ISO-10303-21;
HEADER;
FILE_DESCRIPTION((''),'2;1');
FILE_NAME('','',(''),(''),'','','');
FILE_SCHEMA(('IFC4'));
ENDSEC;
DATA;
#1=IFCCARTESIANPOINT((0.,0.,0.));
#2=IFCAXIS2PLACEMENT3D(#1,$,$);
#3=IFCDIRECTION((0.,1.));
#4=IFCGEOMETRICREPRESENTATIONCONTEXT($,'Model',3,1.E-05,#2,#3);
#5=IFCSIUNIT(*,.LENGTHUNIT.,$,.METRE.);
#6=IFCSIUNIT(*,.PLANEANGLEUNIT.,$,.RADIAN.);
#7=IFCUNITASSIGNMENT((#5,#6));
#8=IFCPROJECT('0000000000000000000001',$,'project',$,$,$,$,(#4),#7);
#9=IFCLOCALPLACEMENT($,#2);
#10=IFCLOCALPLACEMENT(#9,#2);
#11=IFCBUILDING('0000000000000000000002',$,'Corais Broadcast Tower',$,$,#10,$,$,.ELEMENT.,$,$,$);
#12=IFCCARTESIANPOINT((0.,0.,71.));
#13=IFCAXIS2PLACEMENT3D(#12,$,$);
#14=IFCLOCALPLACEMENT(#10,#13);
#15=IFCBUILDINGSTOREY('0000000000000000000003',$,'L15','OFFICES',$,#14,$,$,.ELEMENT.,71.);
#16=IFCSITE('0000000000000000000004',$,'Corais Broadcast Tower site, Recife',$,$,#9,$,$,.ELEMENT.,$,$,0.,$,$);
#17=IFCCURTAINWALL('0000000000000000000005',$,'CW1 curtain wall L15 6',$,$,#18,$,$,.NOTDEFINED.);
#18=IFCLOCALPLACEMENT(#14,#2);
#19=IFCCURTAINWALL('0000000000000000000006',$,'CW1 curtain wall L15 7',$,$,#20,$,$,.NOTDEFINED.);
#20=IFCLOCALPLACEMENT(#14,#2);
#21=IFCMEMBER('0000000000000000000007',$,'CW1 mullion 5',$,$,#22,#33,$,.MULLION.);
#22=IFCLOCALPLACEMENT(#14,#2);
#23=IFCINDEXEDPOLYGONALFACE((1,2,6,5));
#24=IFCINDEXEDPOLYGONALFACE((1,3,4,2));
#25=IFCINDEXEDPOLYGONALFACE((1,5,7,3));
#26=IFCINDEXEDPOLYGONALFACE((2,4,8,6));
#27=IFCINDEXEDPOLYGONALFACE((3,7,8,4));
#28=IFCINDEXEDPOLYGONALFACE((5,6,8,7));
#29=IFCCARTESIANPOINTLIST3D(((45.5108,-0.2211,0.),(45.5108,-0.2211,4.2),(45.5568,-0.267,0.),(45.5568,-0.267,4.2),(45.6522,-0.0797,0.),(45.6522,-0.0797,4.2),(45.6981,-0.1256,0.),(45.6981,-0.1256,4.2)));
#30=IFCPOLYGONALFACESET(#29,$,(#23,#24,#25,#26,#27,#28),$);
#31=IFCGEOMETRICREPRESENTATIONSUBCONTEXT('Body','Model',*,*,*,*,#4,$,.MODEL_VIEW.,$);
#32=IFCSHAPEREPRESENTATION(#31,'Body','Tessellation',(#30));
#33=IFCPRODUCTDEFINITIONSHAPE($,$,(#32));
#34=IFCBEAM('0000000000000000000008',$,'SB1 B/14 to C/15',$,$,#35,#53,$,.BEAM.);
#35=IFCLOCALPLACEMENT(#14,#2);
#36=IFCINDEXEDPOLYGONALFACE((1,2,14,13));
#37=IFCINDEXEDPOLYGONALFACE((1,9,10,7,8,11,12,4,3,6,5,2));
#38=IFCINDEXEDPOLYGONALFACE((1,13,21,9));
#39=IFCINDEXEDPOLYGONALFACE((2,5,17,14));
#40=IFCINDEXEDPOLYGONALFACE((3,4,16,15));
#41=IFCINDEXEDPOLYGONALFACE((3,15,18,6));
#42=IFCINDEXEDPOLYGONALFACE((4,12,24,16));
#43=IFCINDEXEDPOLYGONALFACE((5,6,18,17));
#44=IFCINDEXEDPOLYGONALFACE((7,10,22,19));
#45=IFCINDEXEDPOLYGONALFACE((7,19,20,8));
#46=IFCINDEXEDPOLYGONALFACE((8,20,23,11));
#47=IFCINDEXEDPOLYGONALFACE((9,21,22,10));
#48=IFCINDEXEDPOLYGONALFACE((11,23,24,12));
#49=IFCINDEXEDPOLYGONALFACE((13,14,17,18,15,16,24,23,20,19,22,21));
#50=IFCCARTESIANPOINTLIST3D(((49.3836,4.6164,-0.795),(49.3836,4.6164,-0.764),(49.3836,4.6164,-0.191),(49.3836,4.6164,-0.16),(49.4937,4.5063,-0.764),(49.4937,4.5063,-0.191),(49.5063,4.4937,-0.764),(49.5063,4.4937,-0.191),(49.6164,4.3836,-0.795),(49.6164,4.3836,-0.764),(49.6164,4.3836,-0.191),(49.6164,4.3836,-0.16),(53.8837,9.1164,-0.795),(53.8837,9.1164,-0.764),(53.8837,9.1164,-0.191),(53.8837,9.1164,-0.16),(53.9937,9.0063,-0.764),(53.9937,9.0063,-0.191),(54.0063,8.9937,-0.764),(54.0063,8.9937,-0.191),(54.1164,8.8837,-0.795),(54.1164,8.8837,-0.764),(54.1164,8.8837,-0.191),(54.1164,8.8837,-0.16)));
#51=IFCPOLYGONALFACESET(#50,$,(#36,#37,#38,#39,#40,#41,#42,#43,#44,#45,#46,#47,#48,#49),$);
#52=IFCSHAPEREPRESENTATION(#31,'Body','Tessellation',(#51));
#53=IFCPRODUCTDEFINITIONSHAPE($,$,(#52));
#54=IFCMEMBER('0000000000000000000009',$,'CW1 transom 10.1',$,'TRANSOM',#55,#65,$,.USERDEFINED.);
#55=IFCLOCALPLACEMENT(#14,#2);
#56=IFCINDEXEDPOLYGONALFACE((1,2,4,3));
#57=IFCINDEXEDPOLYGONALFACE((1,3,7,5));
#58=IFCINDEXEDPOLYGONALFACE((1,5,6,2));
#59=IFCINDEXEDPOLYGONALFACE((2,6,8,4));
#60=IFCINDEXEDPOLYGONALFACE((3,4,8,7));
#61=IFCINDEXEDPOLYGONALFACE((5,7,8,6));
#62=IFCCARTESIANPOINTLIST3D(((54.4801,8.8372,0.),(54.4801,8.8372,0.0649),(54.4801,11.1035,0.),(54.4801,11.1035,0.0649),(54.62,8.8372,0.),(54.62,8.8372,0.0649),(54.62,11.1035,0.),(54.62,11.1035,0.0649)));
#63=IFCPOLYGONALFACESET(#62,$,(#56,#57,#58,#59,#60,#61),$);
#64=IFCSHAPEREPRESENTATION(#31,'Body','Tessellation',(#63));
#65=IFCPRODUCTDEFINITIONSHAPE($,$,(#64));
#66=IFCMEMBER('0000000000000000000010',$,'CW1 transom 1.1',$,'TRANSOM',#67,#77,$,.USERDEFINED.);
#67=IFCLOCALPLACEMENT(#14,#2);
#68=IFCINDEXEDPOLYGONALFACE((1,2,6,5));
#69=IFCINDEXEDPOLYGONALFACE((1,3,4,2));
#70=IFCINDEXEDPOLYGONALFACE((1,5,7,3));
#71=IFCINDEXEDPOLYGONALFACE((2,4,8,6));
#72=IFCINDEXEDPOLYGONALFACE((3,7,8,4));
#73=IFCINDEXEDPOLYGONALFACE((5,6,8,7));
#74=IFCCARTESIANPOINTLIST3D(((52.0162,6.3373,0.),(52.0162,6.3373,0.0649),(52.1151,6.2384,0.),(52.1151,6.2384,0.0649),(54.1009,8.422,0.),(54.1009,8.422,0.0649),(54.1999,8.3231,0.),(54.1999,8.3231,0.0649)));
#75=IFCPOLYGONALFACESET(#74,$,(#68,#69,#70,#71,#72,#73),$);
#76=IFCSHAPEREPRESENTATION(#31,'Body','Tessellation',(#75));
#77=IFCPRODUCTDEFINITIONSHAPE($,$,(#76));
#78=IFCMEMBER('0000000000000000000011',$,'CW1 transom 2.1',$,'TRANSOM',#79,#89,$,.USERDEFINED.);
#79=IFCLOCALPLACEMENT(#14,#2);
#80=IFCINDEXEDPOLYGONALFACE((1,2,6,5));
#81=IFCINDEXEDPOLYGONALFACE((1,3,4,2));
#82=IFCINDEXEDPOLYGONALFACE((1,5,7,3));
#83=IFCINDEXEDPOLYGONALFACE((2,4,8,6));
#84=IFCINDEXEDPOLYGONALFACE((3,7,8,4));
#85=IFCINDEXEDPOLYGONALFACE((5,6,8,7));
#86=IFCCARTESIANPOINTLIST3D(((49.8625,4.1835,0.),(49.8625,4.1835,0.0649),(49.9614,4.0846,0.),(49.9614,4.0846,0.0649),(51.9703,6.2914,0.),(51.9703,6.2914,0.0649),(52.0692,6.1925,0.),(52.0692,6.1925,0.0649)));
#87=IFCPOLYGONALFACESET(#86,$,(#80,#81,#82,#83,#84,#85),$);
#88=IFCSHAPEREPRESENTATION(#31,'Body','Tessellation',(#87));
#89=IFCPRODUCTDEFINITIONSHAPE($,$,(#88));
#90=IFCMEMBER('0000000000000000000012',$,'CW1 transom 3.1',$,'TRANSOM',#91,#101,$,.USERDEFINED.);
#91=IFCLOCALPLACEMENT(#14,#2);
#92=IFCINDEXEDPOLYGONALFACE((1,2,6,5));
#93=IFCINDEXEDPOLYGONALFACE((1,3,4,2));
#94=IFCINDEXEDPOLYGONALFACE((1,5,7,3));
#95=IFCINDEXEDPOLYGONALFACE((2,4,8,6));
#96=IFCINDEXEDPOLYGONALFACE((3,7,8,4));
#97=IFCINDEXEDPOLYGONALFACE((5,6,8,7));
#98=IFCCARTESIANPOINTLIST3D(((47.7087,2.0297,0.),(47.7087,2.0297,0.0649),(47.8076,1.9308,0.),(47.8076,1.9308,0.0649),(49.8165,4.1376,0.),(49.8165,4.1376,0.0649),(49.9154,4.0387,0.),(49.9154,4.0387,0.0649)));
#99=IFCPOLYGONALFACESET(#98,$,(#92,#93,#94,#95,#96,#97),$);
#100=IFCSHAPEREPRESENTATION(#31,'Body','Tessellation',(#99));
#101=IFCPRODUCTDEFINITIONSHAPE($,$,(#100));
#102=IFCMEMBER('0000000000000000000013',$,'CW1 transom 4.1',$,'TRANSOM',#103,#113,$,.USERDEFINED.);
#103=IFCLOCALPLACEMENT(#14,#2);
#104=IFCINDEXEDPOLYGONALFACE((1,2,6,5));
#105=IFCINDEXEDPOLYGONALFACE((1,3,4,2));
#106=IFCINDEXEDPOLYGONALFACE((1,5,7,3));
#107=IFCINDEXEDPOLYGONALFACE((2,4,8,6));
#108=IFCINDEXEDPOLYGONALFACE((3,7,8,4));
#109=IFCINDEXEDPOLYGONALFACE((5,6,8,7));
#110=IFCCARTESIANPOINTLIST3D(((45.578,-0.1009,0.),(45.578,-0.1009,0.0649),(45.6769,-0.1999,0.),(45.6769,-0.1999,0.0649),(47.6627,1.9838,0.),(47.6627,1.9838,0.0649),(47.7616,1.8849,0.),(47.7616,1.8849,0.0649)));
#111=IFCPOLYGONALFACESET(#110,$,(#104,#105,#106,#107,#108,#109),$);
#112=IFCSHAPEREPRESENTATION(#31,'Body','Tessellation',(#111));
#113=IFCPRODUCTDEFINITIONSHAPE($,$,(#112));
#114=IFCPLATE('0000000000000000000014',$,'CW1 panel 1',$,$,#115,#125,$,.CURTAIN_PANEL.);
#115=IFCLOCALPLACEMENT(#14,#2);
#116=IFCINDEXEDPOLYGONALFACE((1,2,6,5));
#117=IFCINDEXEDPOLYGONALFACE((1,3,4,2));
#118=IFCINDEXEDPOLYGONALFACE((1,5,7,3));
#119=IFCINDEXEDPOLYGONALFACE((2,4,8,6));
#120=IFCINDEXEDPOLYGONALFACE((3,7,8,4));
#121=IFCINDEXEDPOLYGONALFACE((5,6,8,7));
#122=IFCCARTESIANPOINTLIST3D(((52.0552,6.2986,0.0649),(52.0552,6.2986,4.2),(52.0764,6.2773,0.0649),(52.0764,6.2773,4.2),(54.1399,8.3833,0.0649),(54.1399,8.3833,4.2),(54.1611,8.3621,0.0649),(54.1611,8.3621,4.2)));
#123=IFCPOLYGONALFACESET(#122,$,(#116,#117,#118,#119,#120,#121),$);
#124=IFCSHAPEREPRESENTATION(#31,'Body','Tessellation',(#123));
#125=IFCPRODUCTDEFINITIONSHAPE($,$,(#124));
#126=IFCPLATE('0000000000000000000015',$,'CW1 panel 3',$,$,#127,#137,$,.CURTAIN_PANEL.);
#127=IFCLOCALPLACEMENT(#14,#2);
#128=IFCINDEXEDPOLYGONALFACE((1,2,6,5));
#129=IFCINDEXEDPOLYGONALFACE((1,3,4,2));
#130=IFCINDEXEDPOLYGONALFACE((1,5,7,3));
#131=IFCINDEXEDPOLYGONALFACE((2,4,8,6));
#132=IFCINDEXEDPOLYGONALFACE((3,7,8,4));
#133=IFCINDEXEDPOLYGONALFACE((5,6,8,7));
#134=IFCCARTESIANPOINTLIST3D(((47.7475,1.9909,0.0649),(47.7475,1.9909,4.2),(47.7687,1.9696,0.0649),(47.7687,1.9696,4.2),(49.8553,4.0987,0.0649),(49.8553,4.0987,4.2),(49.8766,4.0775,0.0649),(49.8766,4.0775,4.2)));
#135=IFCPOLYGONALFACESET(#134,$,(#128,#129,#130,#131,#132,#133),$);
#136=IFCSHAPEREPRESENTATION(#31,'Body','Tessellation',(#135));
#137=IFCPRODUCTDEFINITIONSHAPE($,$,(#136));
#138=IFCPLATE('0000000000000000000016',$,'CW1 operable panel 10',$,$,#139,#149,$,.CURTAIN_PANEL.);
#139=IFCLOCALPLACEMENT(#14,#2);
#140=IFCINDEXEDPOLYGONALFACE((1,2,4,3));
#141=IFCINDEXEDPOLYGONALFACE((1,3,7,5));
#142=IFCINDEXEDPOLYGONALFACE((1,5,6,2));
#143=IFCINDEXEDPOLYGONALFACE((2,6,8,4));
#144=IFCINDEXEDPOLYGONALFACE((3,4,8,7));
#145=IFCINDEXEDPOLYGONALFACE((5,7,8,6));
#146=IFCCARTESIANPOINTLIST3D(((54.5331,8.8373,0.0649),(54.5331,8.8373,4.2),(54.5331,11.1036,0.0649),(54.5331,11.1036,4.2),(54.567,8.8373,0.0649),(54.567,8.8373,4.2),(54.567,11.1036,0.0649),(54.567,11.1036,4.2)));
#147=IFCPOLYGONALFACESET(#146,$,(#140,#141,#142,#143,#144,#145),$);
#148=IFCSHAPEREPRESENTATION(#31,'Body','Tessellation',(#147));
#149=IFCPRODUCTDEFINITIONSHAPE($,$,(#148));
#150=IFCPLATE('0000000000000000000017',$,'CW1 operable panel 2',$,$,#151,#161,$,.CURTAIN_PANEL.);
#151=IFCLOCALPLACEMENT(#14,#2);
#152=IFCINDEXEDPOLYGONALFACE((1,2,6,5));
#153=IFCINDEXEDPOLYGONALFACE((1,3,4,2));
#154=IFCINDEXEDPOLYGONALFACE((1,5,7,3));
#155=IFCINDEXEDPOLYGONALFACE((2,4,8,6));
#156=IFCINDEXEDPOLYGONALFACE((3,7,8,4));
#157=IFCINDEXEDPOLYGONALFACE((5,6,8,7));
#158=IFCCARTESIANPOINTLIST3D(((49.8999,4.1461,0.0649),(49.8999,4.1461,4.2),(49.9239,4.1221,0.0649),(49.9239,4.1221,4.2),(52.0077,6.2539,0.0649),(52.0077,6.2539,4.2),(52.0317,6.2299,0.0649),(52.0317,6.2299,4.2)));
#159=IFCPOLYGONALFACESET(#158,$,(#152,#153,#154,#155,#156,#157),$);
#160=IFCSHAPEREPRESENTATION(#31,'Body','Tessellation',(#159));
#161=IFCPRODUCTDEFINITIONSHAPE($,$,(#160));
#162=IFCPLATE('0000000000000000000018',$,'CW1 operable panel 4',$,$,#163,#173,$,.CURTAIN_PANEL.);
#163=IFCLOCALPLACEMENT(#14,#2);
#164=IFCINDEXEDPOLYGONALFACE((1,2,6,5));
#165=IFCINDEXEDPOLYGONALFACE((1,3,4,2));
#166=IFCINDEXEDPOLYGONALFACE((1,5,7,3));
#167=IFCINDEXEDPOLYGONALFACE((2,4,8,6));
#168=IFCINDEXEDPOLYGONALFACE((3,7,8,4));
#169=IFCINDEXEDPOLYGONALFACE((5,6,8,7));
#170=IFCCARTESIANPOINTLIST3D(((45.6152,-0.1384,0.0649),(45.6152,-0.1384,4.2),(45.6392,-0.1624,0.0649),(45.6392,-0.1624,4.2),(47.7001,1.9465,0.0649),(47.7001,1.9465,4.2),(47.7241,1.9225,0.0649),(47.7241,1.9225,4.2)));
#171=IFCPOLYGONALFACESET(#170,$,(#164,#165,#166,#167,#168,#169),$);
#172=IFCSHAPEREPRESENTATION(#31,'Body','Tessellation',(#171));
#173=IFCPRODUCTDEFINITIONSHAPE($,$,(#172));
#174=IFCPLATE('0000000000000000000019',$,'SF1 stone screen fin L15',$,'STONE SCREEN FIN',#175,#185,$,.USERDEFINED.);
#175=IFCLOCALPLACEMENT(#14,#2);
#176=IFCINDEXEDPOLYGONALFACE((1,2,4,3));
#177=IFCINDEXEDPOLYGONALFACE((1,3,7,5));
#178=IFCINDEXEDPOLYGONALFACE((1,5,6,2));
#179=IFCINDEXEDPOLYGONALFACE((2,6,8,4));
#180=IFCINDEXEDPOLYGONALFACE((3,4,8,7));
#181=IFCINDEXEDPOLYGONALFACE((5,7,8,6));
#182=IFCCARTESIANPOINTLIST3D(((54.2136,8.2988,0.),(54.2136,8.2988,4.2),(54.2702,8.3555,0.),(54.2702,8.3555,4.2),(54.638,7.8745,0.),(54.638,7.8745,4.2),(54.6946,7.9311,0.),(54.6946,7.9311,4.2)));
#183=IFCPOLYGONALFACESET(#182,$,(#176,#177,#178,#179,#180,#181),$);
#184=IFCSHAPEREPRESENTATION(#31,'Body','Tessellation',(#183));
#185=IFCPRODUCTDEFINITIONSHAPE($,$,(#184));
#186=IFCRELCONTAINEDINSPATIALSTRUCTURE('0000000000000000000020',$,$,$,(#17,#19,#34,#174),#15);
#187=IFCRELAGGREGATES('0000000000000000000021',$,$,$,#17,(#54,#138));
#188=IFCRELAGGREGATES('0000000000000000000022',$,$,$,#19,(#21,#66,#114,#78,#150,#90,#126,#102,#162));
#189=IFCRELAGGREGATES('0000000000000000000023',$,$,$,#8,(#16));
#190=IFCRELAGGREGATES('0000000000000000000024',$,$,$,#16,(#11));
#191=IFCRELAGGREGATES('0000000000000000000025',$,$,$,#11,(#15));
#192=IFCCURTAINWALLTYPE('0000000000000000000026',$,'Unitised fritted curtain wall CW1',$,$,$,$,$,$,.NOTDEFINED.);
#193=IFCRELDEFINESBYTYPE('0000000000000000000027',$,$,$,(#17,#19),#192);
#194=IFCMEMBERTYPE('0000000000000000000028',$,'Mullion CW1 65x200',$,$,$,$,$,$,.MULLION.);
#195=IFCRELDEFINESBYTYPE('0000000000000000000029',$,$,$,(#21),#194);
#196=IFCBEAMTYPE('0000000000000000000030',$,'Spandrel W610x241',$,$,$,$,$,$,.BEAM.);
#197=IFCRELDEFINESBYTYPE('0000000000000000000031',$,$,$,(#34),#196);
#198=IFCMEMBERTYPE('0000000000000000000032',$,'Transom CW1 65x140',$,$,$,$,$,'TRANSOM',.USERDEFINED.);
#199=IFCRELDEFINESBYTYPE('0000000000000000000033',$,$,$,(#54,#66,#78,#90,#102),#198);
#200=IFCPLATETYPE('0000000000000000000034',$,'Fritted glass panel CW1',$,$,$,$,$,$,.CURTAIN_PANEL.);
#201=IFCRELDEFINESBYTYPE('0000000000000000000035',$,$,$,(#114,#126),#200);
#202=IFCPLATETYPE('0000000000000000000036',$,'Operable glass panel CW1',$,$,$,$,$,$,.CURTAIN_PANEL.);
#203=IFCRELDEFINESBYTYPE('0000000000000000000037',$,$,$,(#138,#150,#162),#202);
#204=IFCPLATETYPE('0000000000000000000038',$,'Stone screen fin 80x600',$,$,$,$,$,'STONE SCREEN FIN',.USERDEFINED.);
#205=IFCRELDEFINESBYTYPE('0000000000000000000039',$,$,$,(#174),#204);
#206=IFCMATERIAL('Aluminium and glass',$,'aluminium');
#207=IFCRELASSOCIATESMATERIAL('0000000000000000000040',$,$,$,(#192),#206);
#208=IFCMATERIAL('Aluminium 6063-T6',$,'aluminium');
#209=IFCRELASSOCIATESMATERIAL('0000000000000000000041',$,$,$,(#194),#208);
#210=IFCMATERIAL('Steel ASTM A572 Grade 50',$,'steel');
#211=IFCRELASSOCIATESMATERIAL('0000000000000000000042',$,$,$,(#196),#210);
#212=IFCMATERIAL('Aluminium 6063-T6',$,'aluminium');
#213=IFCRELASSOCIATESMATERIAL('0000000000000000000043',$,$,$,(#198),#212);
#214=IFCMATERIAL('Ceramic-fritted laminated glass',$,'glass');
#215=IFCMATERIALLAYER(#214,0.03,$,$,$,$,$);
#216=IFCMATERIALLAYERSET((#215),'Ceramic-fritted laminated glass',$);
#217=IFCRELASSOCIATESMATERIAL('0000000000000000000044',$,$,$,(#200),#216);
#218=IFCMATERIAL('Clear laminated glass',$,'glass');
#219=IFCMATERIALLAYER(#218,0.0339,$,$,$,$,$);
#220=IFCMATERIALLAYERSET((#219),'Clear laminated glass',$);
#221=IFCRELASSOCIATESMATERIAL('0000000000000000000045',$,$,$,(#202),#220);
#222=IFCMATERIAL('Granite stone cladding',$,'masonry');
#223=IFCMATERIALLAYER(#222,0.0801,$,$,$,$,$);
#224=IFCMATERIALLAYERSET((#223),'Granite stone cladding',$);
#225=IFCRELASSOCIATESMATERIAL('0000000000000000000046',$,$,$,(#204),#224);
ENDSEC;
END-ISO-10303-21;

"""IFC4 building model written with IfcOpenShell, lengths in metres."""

from ifc_helpers import new_model, si_unit, direction, frame, origin, origin_2d, place, context, subcontext, project, spatial, rectangle, i_section, extrude, material, layer, layer_set, material_profile, profile_set, type_object, element, aggregate, save


model = new_model("IFC4")

# Units and contexts
model_context = context("Model", 3, precision=1e-05, world=origin(), true_north=direction((0.0, 1.0)))
body_context = subcontext(model_context, "Body", "Model", "MODEL_VIEW")
ifc_project = project(units=[si_unit("LENGTHUNIT", "METRE"), si_unit("PLANEANGLEUNIT", "RADIAN")], contexts=[model_context])

# Site, building, storey
site_placement = place(None, origin())
site = spatial("IfcSite", under=ifc_project, at=site_placement, Name="Corais Broadcast Tower site, Recife", CompositionType="ELEMENT", RefElevation=0.0)
building_placement = place(site_placement, origin())
building = spatial("IfcBuilding", under=site, at=building_placement, Name="Corais Broadcast Tower", CompositionType="ELEMENT")
storey_placement = place(building_placement, frame((0.0, 0.0, 71.0)))
storey = spatial("IfcBuildingStorey", under=building, at=storey_placement, Name="L15", Description="OFFICES", CompositionType="ELEMENT", Elevation=71.0)

# Curtain walls, member
ifc_material_1 = material(Name="Aluminium and glass", Category="aluminium")
curtain_wall_type = type_object("IfcCurtainWallType", Name="Unitised fritted curtain wall CW1", PredefinedType="NOTDEFINED", material=ifc_material_1)
curtain_wall_1_placement = place(storey_placement, origin())
curtain_wall_1 = element("IfcCurtainWall", 1, at=curtain_wall_1_placement, inside=storey, type_object=curtain_wall_type, Name="CW1 curtain wall L15 6", PredefinedType="NOTDEFINED")
ifc_material_2 = material(Name="Aluminium 6063-T6", Category="aluminium")
ifc_material_profile_1 = material_profile(ifc_material_2, rectangle(XDim=0.0649, YDim=0.2, at=origin_2d()), Name="Mullion CW1 65x200")
ifc_profile_set_1 = profile_set([ifc_material_profile_1], Name="Aluminium 6063-T6")
member_type_1 = type_object("IfcMemberType", Name="Mullion CW1 65x200", PredefinedType="MULLION", material=ifc_profile_set_1)
curtain_wall_2_placement = place(storey_placement, origin())
curtain_wall_2 = element("IfcCurtainWall", 2, at=curtain_wall_2_placement, inside=storey, type_object=curtain_wall_type, Name="CW1 curtain wall L15 7", PredefinedType="NOTDEFINED")
member_1_placement = place(storey_placement, frame((45.6045, -0.1733, 0.0), z_axis=(0.0, 0.0, 1.0), x_axis=(0.707107, -0.707107, 0.0)))
member_1 = element("IfcMember", 3, at=member_1_placement, type_object=member_type_1, Name="CW1 mullion 5", PredefinedType="MULLION", context=body_context, shape_type="SweptSolid", body=[
    extrude(rectangle(XDim=0.0649, YDim=0.2, at=origin_2d()), origin(), (0.0, 0.0, 1.0), 4.2),
])

# Beam
ifc_material_3 = material(Name="Steel ASTM A572 Grade 50", Category="steel")
ifc_material_profile_2 = material_profile(ifc_material_3, i_section(OverallWidth=0.3291, OverallDepth=0.635, WebThickness=0.0178, FlangeThickness=0.031, at=origin_2d()), Name="W610x241")
ifc_profile_set_2 = profile_set([ifc_material_profile_2], Name="Steel ASTM A572 Grade 50")
beam_type_1 = type_object("IfcBeamType", Name="Spandrel W610x241", PredefinedType="BEAM", material=ifc_profile_set_2)
beam_1_placement = place(storey_placement, frame((49.5, 4.5, -0.4775), z_axis=(0.707107, 0.707107, 0.0), x_axis=(-0.707107, 0.707107, 0.0)))
element("IfcBeam", 4, at=beam_1_placement, inside=storey, type_object=beam_type_1, Name="SB1 B/14 to C/15", PredefinedType="BEAM", context=body_context, shape_type="SweptSolid", body=[
    extrude(i_section(OverallWidth=0.3291, OverallDepth=0.635, WebThickness=0.0178, FlangeThickness=0.031, at=origin_2d()), origin(), (0.0, 0.0, 1.0), 6.364),
])

# Members
ifc_material_4 = material(Name="Aluminium 6063-T6", Category="aluminium")
ifc_material_profile_3 = material_profile(ifc_material_4, rectangle(XDim=0.1399, YDim=0.0649, at=origin_2d()), Name="Transom CW1 65x140")
ifc_profile_set_3 = profile_set([ifc_material_profile_3], Name="Aluminium 6063-T6")
member_type_2 = type_object("IfcMemberType", Name="Transom CW1 65x140", ElementType="TRANSOM", PredefinedType="USERDEFINED", material=ifc_profile_set_3)
member_2_placement = place(storey_placement, frame((54.55, 11.1035, 0.0325), z_axis=(0.0, -1.0, 0.0), x_axis=(1.0, 0.0, 0.0)))
member_2 = element("IfcMember", 5, at=member_2_placement, type_object=member_type_2, Name="CW1 transom 10.1", ObjectType="TRANSOM", PredefinedType="USERDEFINED", context=body_context, shape_type="SweptSolid", body=[
    extrude(rectangle(XDim=0.1399, YDim=0.0649, at=origin_2d()), origin(), (0.0, 0.0, 1.0), 2.2664),
])
member_3_placement = place(storey_placement, frame((54.1504, 8.3726, 0.0325), z_axis=(-0.707107, -0.707107, 0.0), x_axis=(0.707107, -0.707107, 0.0)))
member_3 = element("IfcMember", 6, at=member_3_placement, type_object=member_type_2, Name="CW1 transom 1.1", ObjectType="TRANSOM", PredefinedType="USERDEFINED", context=body_context, shape_type="SweptSolid", body=[
    extrude(rectangle(XDim=0.1399, YDim=0.0649, at=origin_2d()), origin(), (0.0, 0.0, 1.0), 2.9482),
])
member_4_placement = place(storey_placement, frame((52.0198, 6.2419, 0.0325), z_axis=(-0.707107, -0.707107, 0.0), x_axis=(0.707107, -0.707107, 0.0)))
member_4 = element("IfcMember", 7, at=member_4_placement, type_object=member_type_2, Name="CW1 transom 2.1", ObjectType="TRANSOM", PredefinedType="USERDEFINED", context=body_context, shape_type="SweptSolid", body=[
    extrude(rectangle(XDim=0.1399, YDim=0.0649, at=origin_2d()), origin(), (0.0, 0.0, 1.0), 2.981),
])
member_5_placement = place(storey_placement, frame((49.866, 4.0881, 0.0325), z_axis=(-0.707107, -0.707107, 0.0), x_axis=(0.707107, -0.707107, 0.0)))
member_5 = element("IfcMember", 8, at=member_5_placement, type_object=member_type_2, Name="CW1 transom 3.1", ObjectType="TRANSOM", PredefinedType="USERDEFINED", context=body_context, shape_type="SweptSolid", body=[
    extrude(rectangle(XDim=0.1399, YDim=0.0649, at=origin_2d()), origin(), (0.0, 0.0, 1.0), 2.981),
])
member_6_placement = place(storey_placement, frame((47.7122, 1.9343, 0.0325), z_axis=(-0.707107, -0.707107, 0.0), x_axis=(0.707107, -0.707107, 0.0)))
member_6 = element("IfcMember", 9, at=member_6_placement, type_object=member_type_2, Name="CW1 transom 4.1", ObjectType="TRANSOM", PredefinedType="USERDEFINED", context=body_context, shape_type="SweptSolid", body=[
    extrude(rectangle(XDim=0.1399, YDim=0.0649, at=origin_2d()), origin(), (0.0, 0.0, 1.0), 2.9482),
])

# Plates
ifc_material_5 = material(Name="Ceramic-fritted laminated glass", Category="glass")
ifc_layer_1 = layer(ifc_material_5, 0.03)
ifc_layer_set_1 = layer_set([ifc_layer_1], Name="Ceramic-fritted laminated glass")
plate_type_1 = type_object("IfcPlateType", Name="Fritted glass panel CW1", PredefinedType="CURTAIN_PANEL", material=ifc_layer_set_1)
plate_1_placement = place(storey_placement, frame((53.1082, 7.3303, 0.0649), z_axis=(0.0, 0.0, 1.0), x_axis=(-0.707107, -0.707107, 0.0)))
plate_1 = element("IfcPlate", 10, at=plate_1_placement, type_object=plate_type_1, Name="CW1 panel 1", PredefinedType="CURTAIN_PANEL", context=body_context, shape_type="SweptSolid", body=[
    extrude(rectangle(XDim=2.9482, YDim=0.03, at=origin_2d()), origin(), (0.0, 0.0, 1.0), 4.135),
])
plate_2_placement = place(storey_placement, frame((48.812, 3.0342, 0.0649), z_axis=(0.0, 0.0, 1.0), x_axis=(-0.707107, -0.707107, 0.0)))
plate_2 = element("IfcPlate", 11, at=plate_2_placement, type_object=plate_type_1, Name="CW1 panel 3", PredefinedType="CURTAIN_PANEL", context=body_context, shape_type="SweptSolid", body=[
    extrude(rectangle(XDim=2.981, YDim=0.03, at=origin_2d()), origin(), (0.0, 0.0, 1.0), 4.135),
])
ifc_material_6 = material(Name="Clear laminated glass", Category="glass")
ifc_layer_2 = layer(ifc_material_6, 0.0339)
ifc_layer_set_2 = layer_set([ifc_layer_2], Name="Clear laminated glass")
plate_type_2 = type_object("IfcPlateType", Name="Operable glass panel CW1", PredefinedType="CURTAIN_PANEL", material=ifc_layer_set_2)
plate_3_placement = place(storey_placement, frame((54.55, 9.9705, 0.0649), z_axis=(0.0, 0.0, 1.0), x_axis=(0.0, -1.0, 0.0)))
plate_3 = element("IfcPlate", 12, at=plate_3_placement, type_object=plate_type_2, Name="CW1 operable panel 10", PredefinedType="CURTAIN_PANEL", context=body_context, shape_type="SweptSolid", body=[
    extrude(rectangle(XDim=2.2664, YDim=0.0339, at=origin_2d()), origin(), (0.0, 0.0, 1.0), 4.135),
])
aggregate(curtain_wall_1, [member_2, plate_3])
plate_4_placement = place(storey_placement, frame((50.9658, 5.188, 0.0649), z_axis=(0.0, 0.0, 1.0), x_axis=(-0.707107, -0.707107, 0.0)))
plate_4 = element("IfcPlate", 13, at=plate_4_placement, type_object=plate_type_2, Name="CW1 operable panel 2", PredefinedType="CURTAIN_PANEL", context=body_context, shape_type="SweptSolid", body=[
    extrude(rectangle(XDim=2.981, YDim=0.0339, at=origin_2d()), origin(), (0.0, 0.0, 1.0), 4.135),
])
plate_5_placement = place(storey_placement, frame((46.6697, 0.8921, 0.0649), z_axis=(0.0, 0.0, 1.0), x_axis=(-0.707107, -0.707107, 0.0)))
plate_5 = element("IfcPlate", 14, at=plate_5_placement, type_object=plate_type_2, Name="CW1 operable panel 4", PredefinedType="CURTAIN_PANEL", context=body_context, shape_type="SweptSolid", body=[
    extrude(rectangle(XDim=2.9485, YDim=0.0339, at=origin_2d()), origin(), (0.0, 0.0, 1.0), 4.135),
])
aggregate(curtain_wall_2, [member_1, member_3, plate_1, member_4, plate_4, member_5, plate_2, member_6, plate_5])

# Plate
ifc_material_7 = material(Name="Granite stone cladding", Category="masonry")
ifc_layer_3 = layer(ifc_material_7, 0.0801)
ifc_layer_set_3 = layer_set([ifc_layer_3], Name="Granite stone cladding")
plate_type_3 = type_object("IfcPlateType", Name="Stone screen fin 80x600", ElementType="STONE SCREEN FIN", PredefinedType="USERDEFINED", material=ifc_layer_set_3)
for number, where, z_axis, x_axis, name in (
    (15, (54.4541, 8.115, 0.0), (0.0, 0.0, 1.0), (-0.707107, -0.707107, 0.0), "SF1 stone screen fin L15"),
):
    element("IfcPlate", number, at=place(storey_placement, frame(where, z_axis=z_axis, x_axis=x_axis)), inside=storey, type_object=plate_type_3, Name=name, ObjectType="STONE SCREEN FIN", PredefinedType="USERDEFINED", context=body_context, shape_type="SweptSolid", body=[
        extrude(rectangle(XDim=0.0801, YDim=0.6001, at=origin_2d()), origin(), (0.0, 0.0, 1.0), 4.2),
    ])

save(model, "model.ifc")
